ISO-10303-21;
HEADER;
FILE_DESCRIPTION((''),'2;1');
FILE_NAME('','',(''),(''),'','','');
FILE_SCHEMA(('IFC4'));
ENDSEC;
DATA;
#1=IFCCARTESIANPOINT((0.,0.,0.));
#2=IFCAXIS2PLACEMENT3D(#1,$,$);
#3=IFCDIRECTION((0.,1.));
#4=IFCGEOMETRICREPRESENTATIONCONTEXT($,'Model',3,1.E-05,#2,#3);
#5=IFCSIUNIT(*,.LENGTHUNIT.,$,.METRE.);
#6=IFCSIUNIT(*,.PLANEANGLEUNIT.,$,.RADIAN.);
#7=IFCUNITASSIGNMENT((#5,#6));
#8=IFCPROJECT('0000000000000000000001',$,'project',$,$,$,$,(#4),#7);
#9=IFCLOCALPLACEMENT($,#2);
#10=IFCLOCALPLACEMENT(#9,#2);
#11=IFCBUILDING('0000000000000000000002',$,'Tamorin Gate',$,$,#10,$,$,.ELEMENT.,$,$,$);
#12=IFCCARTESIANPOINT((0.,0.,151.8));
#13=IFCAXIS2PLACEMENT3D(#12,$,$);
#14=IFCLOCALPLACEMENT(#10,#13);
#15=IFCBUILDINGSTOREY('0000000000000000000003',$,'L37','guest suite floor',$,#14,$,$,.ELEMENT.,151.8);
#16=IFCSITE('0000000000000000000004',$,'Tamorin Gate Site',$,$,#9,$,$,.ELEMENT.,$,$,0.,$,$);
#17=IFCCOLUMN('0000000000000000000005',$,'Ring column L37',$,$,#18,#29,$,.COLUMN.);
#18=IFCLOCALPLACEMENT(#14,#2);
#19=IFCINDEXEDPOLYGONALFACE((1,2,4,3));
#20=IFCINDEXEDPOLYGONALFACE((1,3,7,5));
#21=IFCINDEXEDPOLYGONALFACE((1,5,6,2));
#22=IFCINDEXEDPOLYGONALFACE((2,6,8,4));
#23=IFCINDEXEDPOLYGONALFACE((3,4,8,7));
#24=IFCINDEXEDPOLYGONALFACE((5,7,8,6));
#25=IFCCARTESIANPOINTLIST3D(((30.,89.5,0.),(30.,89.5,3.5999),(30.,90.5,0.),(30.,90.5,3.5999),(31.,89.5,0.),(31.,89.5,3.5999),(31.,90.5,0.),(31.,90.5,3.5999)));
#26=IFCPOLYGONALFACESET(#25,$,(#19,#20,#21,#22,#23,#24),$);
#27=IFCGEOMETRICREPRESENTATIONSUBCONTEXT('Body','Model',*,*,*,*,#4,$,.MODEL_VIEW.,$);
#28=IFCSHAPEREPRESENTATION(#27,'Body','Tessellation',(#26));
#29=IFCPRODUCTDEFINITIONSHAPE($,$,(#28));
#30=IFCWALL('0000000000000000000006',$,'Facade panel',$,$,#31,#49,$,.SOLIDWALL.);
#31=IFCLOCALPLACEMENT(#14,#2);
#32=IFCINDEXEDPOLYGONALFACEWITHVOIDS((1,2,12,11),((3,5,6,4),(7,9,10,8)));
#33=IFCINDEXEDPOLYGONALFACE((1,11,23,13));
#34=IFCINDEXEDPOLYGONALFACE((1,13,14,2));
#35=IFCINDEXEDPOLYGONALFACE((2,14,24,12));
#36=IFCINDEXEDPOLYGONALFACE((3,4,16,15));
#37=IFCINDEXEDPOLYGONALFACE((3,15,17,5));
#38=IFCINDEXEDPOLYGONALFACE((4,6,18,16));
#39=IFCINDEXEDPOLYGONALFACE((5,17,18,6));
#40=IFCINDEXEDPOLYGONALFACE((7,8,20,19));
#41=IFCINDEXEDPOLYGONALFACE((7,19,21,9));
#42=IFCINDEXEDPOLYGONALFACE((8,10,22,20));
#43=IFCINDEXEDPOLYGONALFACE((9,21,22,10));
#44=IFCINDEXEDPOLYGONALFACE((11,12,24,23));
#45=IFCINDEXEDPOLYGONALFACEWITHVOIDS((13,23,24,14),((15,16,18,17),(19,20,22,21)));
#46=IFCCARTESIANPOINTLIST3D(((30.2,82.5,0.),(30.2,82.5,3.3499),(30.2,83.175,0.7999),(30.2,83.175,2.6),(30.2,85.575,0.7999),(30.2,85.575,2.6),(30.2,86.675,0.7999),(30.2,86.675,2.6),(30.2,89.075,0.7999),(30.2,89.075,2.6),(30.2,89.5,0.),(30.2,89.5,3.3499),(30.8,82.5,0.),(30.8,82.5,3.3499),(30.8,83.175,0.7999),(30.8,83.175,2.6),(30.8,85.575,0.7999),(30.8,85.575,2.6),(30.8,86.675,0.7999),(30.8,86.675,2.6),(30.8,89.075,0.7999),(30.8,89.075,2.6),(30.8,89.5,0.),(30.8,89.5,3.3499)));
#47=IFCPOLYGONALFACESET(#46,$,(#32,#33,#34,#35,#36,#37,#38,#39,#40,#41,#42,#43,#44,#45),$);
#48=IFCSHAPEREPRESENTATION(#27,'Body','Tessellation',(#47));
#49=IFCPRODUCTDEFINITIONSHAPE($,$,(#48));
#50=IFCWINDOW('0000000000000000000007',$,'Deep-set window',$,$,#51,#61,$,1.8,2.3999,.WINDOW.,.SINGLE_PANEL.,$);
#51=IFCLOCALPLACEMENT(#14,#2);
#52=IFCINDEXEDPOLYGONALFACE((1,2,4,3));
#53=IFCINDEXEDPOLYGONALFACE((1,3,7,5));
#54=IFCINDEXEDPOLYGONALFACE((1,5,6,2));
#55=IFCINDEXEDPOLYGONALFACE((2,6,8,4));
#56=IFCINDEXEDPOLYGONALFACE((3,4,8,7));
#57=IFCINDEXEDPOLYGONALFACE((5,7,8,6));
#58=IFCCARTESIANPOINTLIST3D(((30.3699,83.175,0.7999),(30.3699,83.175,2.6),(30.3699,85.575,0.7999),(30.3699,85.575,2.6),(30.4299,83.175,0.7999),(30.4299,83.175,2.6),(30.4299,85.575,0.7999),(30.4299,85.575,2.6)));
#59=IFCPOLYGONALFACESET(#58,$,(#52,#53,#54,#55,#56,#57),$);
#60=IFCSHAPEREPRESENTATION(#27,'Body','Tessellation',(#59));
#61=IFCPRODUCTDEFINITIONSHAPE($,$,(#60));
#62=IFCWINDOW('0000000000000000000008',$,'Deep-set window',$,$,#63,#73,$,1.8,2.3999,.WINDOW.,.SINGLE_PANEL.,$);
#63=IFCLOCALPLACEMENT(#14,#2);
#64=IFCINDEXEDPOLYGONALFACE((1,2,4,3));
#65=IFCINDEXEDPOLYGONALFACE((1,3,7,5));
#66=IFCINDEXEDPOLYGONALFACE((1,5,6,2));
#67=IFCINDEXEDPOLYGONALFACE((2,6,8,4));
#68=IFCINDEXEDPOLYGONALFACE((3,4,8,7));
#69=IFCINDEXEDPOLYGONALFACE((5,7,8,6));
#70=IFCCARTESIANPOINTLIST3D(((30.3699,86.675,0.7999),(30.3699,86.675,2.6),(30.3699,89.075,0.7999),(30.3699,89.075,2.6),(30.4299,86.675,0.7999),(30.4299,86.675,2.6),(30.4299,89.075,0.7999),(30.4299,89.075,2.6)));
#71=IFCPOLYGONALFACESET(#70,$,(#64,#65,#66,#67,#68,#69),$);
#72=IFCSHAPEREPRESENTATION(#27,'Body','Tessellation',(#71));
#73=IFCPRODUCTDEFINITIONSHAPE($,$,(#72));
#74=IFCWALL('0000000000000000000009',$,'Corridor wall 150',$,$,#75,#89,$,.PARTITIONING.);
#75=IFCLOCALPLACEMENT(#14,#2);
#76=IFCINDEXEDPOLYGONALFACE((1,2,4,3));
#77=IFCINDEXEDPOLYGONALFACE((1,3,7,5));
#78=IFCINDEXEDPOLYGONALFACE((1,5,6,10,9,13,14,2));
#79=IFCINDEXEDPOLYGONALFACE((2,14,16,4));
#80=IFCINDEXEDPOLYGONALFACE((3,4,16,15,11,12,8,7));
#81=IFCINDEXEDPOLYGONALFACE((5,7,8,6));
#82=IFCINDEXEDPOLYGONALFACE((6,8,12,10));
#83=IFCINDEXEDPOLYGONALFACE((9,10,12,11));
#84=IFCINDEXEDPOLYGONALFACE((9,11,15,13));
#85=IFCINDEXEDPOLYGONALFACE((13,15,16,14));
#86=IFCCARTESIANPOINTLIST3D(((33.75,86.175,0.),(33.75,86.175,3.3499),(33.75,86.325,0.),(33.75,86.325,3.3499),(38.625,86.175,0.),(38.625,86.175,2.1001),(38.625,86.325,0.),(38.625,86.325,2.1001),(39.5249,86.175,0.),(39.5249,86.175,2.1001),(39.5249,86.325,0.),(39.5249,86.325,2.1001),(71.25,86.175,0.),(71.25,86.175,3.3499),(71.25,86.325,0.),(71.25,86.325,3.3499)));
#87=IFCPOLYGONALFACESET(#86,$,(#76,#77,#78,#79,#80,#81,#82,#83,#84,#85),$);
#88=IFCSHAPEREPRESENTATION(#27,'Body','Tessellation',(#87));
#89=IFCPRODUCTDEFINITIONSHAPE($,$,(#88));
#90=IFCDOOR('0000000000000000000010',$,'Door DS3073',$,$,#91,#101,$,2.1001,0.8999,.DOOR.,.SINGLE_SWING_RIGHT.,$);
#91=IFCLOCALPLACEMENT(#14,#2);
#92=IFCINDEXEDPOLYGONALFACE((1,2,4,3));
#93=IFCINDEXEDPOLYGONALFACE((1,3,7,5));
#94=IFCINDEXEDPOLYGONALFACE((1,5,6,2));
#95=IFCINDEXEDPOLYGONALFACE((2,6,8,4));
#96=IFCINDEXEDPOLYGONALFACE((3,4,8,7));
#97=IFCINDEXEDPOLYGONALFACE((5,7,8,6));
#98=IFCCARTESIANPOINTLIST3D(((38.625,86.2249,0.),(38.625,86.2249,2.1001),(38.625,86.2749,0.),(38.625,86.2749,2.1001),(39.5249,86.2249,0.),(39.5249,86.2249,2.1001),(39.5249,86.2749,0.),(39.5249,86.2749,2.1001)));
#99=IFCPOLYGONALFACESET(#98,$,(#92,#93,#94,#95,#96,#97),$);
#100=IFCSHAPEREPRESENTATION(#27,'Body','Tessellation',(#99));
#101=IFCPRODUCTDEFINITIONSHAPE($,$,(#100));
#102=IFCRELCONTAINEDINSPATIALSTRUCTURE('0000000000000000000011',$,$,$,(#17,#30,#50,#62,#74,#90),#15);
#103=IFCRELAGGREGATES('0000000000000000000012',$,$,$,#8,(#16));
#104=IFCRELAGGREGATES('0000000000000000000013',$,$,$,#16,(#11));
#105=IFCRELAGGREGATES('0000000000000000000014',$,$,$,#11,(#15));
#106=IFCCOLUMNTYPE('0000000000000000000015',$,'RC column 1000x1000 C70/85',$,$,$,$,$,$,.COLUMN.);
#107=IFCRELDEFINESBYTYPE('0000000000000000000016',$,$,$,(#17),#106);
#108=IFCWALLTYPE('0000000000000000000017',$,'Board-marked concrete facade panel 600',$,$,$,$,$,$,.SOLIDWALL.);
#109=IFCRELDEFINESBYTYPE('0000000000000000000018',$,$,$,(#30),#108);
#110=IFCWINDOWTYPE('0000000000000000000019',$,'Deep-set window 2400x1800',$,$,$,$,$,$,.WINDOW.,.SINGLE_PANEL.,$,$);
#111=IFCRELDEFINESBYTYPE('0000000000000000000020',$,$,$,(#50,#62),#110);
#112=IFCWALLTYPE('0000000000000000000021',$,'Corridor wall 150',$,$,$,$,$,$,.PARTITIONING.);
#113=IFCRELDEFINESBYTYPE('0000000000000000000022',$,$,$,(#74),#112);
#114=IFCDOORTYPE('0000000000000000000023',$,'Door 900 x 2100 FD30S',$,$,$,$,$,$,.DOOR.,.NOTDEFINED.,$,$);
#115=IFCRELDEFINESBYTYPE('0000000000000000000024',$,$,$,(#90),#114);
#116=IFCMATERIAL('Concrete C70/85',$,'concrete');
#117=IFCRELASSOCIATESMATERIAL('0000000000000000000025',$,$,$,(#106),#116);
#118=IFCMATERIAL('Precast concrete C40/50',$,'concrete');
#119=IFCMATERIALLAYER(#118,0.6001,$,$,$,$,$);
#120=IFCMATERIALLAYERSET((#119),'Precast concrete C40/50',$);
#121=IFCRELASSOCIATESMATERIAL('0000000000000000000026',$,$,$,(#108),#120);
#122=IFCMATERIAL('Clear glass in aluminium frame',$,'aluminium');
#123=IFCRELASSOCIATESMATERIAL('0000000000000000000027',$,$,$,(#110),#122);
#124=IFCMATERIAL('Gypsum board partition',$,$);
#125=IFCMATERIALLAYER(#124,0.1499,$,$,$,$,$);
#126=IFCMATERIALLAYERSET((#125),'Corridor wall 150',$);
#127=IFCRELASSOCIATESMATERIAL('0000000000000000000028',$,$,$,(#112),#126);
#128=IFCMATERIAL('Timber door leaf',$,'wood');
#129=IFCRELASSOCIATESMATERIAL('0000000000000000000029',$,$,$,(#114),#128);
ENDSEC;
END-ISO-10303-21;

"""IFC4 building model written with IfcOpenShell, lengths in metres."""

from ifc_helpers import new_model, si_unit, direction, frame, frame_2d, origin, origin_2d, place, context, subcontext, project, spatial, rectangle, extrude, material, layer, layer_set, material_profile, profile_set, type_object, element, fill, save


model = new_model("IFC4")

# Units and contexts
model_context = context("Model", 3, precision=1e-05, world=origin(), true_north=direction((0.0, 1.0)))
body_context = subcontext(model_context, "Body", "Model", "MODEL_VIEW")
ifc_project = project(units=[si_unit("LENGTHUNIT", "METRE"), si_unit("PLANEANGLEUNIT", "RADIAN")], contexts=[model_context])

# Site, building, storey
site_placement = place(None, origin())
site = spatial("IfcSite", under=ifc_project, at=site_placement, Name="Tamorin Gate Site", CompositionType="ELEMENT", RefElevation=0.0)
building_placement = place(site_placement, origin())
building = spatial("IfcBuilding", under=site, at=building_placement, Name="Tamorin Gate", CompositionType="ELEMENT")
storey_placement = place(building_placement, frame((0.0, 0.0, 151.8)))
storey = spatial("IfcBuildingStorey", under=building, at=storey_placement, Name="L37", Description="guest suite floor", CompositionType="ELEMENT", Elevation=151.8)

# Column
ifc_material_1 = material(Name="Concrete C70/85", Category="concrete")
ifc_material_profile = material_profile(ifc_material_1, rectangle(XDim=1.0, YDim=1.0, at=origin_2d()), Name="RC 1000x1000")
ifc_profile_set = profile_set([ifc_material_profile], Name="Concrete C70/85")
column_type = type_object("IfcColumnType", Name="RC column 1000x1000 C70/85", PredefinedType="COLUMN", material=ifc_profile_set)
column_placement = place(storey_placement, frame((30.5, 90.0, 0.0), z_axis=(0.0, 0.0, 1.0), x_axis=(1.0, 0.0, 0.0)))
element("IfcColumn", 1, at=column_placement, inside=storey, type_object=column_type, Name="Ring column L37", PredefinedType="COLUMN", context=body_context, shape_type="SweptSolid", body=[
    extrude(rectangle(XDim=1.0, YDim=1.0, at=origin_2d()), origin(), (0.0, 0.0, 1.0), 3.5999),
])

# Wall, openings, windows
ifc_material_2 = material(Name="Precast concrete C40/50", Category="concrete")
ifc_layer_1 = layer(ifc_material_2, 0.6001)
ifc_layer_set_1 = layer_set([ifc_layer_1], Name="Precast concrete C40/50")
wall_type_1 = type_object("IfcWallType", Name="Board-marked concrete facade panel 600", PredefinedType="SOLIDWALL", material=ifc_layer_set_1)
wall_1_placement = place(storey_placement, frame((30.5, 89.5, 0.0), z_axis=(0.0, 0.0, 1.0), x_axis=(0.0, -1.0, 0.0)))
wall_1 = element("IfcWall", 2, at=wall_1_placement, inside=storey, type_object=wall_type_1, Name="Facade panel", PredefinedType="SOLIDWALL", context=body_context, shape_type="SweptSolid", body=[
    extrude(rectangle(XDim=7.0, YDim=0.6001, at=frame_2d((3.5, 0.0))), origin(), (0.0, 0.0, 1.0), 3.3499),
])
opening_1_placement = place(wall_1_placement, frame((3.925, 0.0, 0.8)))
opening_1 = element("IfcOpeningElement", 3, at=opening_1_placement, cuts=wall_1, PredefinedType="OPENING", context=body_context, shape_type="SweptSolid", body=[
    extrude(rectangle(XDim=2.3999, YDim=1.8, at=frame_2d((1.2, 0.8999))), frame((0.0, 0.3101, 0.0), z_axis=(0.0, -1.0, 0.0), x_axis=(1.0, 0.0, 0.0)), (0.0, 0.0, 1.0), 0.6201),
])
opening_2_placement = place(wall_1_placement, frame((0.425, 0.0, 0.8)))
opening_2 = element("IfcOpeningElement", 4, at=opening_2_placement, cuts=wall_1, PredefinedType="OPENING", context=body_context, shape_type="SweptSolid", body=[
    extrude(rectangle(XDim=2.3999, YDim=1.8, at=frame_2d((1.2, 0.8999))), frame((0.0, 0.3101, 0.0), z_axis=(0.0, -1.0, 0.0), x_axis=(1.0, 0.0, 0.0)), (0.0, 0.0, 1.0), 0.6201),
])
ifc_material_3 = material(Name="Clear glass in aluminium frame", Category="aluminium")
window_type = type_object("IfcWindowType", Name="Deep-set window 2400x1800", PartitioningType="SINGLE_PANEL", PredefinedType="WINDOW", material=ifc_material_3)
window_1_placement = place(opening_1_placement, origin())
window_1 = element("IfcWindow", 5, at=window_1_placement, inside=storey, type_object=window_type, Name="Deep-set window", OverallHeight=1.8, OverallWidth=2.3999, PartitioningType="SINGLE_PANEL", PredefinedType="WINDOW", context=body_context, shape_type="SweptSolid", body=[
    extrude(rectangle(XDim=2.3999, YDim=1.8, at=frame_2d((1.2, 0.8999))), frame((0.0, -0.0701, 0.0), z_axis=(0.0, -1.0, 0.0), x_axis=(1.0, 0.0, 0.0)), (0.0, 0.0, 1.0), 0.0601),
])
fill(opening_1, window_1)
window_2_placement = place(opening_2_placement, origin())
window_2 = element("IfcWindow", 6, at=window_2_placement, inside=storey, type_object=window_type, Name="Deep-set window", OverallHeight=1.8, OverallWidth=2.3999, PartitioningType="SINGLE_PANEL", PredefinedType="WINDOW", context=body_context, shape_type="SweptSolid", body=[
    extrude(rectangle(XDim=2.3999, YDim=1.8, at=frame_2d((1.2, 0.8999))), frame((0.0, -0.0701, 0.0), z_axis=(0.0, -1.0, 0.0), x_axis=(1.0, 0.0, 0.0)), (0.0, 0.0, 1.0), 0.0601),
])
fill(opening_2, window_2)

# Wall, opening, door
ifc_material_4 = material(Name="Gypsum board partition")
ifc_layer_2 = layer(ifc_material_4, 0.1499)
ifc_layer_set_2 = layer_set([ifc_layer_2], Name="Corridor wall 150")
wall_type_2 = type_object("IfcWallType", Name="Corridor wall 150", PredefinedType="PARTITIONING", material=ifc_layer_set_2)
wall_2_placement = place(storey_placement, frame((33.75, 86.25, 0.0), z_axis=(0.0, 0.0, 1.0), x_axis=(1.0, 0.0, 0.0)))
wall_2 = element("IfcWall", 7, at=wall_2_placement, inside=storey, type_object=wall_type_2, Name="Corridor wall 150", PredefinedType="PARTITIONING", context=body_context, shape_type="SweptSolid", body=[
    extrude(rectangle(XDim=37.5, YDim=0.1499, at=frame_2d((18.75, 0.0))), origin(), (0.0, 0.0, 1.0), 3.3499),
])
opening_3_placement = place(wall_2_placement, frame((4.875, 0.0, 0.0)))
opening_3 = element("IfcOpeningElement", 8, at=opening_3_placement, cuts=wall_2, PredefinedType="OPENING", context=body_context, shape_type="SweptSolid", body=[
    extrude(rectangle(XDim=0.8999, YDim=2.1001, at=frame_2d((0.45, 1.05))), frame((0.0, 0.085, 0.0), z_axis=(0.0, -1.0, 0.0), x_axis=(1.0, 0.0, 0.0)), (0.0, 0.0, 1.0), 0.1699),
])
ifc_material_5 = material(Name="Timber door leaf", Category="wood")
door_type_1 = type_object("IfcDoorType", Name="Door 900 x 2100 FD30S", OperationType="NOTDEFINED", PredefinedType="DOOR", material=ifc_material_5)
door_1_placement = place(opening_3_placement, origin())
door_1 = element("IfcDoor", 9, at=door_1_placement, inside=storey, type_object=door_type_1, Name="Door DS3073", OperationType="SINGLE_SWING_RIGHT", OverallHeight=2.1001, OverallWidth=0.8999, PredefinedType="DOOR", context=body_context, shape_type="SweptSolid", body=[
    extrude(rectangle(XDim=0.8999, YDim=2.1001, at=frame_2d((0.45, 1.05))), frame((0.0, 0.0249, 0.0), z_axis=(0.0, -1.0, 0.0), x_axis=(1.0, 0.0, 0.0)), (0.0, 0.0, 1.0), 0.05),
])
fill(opening_3, door_1)

save(model, "model.ifc")
